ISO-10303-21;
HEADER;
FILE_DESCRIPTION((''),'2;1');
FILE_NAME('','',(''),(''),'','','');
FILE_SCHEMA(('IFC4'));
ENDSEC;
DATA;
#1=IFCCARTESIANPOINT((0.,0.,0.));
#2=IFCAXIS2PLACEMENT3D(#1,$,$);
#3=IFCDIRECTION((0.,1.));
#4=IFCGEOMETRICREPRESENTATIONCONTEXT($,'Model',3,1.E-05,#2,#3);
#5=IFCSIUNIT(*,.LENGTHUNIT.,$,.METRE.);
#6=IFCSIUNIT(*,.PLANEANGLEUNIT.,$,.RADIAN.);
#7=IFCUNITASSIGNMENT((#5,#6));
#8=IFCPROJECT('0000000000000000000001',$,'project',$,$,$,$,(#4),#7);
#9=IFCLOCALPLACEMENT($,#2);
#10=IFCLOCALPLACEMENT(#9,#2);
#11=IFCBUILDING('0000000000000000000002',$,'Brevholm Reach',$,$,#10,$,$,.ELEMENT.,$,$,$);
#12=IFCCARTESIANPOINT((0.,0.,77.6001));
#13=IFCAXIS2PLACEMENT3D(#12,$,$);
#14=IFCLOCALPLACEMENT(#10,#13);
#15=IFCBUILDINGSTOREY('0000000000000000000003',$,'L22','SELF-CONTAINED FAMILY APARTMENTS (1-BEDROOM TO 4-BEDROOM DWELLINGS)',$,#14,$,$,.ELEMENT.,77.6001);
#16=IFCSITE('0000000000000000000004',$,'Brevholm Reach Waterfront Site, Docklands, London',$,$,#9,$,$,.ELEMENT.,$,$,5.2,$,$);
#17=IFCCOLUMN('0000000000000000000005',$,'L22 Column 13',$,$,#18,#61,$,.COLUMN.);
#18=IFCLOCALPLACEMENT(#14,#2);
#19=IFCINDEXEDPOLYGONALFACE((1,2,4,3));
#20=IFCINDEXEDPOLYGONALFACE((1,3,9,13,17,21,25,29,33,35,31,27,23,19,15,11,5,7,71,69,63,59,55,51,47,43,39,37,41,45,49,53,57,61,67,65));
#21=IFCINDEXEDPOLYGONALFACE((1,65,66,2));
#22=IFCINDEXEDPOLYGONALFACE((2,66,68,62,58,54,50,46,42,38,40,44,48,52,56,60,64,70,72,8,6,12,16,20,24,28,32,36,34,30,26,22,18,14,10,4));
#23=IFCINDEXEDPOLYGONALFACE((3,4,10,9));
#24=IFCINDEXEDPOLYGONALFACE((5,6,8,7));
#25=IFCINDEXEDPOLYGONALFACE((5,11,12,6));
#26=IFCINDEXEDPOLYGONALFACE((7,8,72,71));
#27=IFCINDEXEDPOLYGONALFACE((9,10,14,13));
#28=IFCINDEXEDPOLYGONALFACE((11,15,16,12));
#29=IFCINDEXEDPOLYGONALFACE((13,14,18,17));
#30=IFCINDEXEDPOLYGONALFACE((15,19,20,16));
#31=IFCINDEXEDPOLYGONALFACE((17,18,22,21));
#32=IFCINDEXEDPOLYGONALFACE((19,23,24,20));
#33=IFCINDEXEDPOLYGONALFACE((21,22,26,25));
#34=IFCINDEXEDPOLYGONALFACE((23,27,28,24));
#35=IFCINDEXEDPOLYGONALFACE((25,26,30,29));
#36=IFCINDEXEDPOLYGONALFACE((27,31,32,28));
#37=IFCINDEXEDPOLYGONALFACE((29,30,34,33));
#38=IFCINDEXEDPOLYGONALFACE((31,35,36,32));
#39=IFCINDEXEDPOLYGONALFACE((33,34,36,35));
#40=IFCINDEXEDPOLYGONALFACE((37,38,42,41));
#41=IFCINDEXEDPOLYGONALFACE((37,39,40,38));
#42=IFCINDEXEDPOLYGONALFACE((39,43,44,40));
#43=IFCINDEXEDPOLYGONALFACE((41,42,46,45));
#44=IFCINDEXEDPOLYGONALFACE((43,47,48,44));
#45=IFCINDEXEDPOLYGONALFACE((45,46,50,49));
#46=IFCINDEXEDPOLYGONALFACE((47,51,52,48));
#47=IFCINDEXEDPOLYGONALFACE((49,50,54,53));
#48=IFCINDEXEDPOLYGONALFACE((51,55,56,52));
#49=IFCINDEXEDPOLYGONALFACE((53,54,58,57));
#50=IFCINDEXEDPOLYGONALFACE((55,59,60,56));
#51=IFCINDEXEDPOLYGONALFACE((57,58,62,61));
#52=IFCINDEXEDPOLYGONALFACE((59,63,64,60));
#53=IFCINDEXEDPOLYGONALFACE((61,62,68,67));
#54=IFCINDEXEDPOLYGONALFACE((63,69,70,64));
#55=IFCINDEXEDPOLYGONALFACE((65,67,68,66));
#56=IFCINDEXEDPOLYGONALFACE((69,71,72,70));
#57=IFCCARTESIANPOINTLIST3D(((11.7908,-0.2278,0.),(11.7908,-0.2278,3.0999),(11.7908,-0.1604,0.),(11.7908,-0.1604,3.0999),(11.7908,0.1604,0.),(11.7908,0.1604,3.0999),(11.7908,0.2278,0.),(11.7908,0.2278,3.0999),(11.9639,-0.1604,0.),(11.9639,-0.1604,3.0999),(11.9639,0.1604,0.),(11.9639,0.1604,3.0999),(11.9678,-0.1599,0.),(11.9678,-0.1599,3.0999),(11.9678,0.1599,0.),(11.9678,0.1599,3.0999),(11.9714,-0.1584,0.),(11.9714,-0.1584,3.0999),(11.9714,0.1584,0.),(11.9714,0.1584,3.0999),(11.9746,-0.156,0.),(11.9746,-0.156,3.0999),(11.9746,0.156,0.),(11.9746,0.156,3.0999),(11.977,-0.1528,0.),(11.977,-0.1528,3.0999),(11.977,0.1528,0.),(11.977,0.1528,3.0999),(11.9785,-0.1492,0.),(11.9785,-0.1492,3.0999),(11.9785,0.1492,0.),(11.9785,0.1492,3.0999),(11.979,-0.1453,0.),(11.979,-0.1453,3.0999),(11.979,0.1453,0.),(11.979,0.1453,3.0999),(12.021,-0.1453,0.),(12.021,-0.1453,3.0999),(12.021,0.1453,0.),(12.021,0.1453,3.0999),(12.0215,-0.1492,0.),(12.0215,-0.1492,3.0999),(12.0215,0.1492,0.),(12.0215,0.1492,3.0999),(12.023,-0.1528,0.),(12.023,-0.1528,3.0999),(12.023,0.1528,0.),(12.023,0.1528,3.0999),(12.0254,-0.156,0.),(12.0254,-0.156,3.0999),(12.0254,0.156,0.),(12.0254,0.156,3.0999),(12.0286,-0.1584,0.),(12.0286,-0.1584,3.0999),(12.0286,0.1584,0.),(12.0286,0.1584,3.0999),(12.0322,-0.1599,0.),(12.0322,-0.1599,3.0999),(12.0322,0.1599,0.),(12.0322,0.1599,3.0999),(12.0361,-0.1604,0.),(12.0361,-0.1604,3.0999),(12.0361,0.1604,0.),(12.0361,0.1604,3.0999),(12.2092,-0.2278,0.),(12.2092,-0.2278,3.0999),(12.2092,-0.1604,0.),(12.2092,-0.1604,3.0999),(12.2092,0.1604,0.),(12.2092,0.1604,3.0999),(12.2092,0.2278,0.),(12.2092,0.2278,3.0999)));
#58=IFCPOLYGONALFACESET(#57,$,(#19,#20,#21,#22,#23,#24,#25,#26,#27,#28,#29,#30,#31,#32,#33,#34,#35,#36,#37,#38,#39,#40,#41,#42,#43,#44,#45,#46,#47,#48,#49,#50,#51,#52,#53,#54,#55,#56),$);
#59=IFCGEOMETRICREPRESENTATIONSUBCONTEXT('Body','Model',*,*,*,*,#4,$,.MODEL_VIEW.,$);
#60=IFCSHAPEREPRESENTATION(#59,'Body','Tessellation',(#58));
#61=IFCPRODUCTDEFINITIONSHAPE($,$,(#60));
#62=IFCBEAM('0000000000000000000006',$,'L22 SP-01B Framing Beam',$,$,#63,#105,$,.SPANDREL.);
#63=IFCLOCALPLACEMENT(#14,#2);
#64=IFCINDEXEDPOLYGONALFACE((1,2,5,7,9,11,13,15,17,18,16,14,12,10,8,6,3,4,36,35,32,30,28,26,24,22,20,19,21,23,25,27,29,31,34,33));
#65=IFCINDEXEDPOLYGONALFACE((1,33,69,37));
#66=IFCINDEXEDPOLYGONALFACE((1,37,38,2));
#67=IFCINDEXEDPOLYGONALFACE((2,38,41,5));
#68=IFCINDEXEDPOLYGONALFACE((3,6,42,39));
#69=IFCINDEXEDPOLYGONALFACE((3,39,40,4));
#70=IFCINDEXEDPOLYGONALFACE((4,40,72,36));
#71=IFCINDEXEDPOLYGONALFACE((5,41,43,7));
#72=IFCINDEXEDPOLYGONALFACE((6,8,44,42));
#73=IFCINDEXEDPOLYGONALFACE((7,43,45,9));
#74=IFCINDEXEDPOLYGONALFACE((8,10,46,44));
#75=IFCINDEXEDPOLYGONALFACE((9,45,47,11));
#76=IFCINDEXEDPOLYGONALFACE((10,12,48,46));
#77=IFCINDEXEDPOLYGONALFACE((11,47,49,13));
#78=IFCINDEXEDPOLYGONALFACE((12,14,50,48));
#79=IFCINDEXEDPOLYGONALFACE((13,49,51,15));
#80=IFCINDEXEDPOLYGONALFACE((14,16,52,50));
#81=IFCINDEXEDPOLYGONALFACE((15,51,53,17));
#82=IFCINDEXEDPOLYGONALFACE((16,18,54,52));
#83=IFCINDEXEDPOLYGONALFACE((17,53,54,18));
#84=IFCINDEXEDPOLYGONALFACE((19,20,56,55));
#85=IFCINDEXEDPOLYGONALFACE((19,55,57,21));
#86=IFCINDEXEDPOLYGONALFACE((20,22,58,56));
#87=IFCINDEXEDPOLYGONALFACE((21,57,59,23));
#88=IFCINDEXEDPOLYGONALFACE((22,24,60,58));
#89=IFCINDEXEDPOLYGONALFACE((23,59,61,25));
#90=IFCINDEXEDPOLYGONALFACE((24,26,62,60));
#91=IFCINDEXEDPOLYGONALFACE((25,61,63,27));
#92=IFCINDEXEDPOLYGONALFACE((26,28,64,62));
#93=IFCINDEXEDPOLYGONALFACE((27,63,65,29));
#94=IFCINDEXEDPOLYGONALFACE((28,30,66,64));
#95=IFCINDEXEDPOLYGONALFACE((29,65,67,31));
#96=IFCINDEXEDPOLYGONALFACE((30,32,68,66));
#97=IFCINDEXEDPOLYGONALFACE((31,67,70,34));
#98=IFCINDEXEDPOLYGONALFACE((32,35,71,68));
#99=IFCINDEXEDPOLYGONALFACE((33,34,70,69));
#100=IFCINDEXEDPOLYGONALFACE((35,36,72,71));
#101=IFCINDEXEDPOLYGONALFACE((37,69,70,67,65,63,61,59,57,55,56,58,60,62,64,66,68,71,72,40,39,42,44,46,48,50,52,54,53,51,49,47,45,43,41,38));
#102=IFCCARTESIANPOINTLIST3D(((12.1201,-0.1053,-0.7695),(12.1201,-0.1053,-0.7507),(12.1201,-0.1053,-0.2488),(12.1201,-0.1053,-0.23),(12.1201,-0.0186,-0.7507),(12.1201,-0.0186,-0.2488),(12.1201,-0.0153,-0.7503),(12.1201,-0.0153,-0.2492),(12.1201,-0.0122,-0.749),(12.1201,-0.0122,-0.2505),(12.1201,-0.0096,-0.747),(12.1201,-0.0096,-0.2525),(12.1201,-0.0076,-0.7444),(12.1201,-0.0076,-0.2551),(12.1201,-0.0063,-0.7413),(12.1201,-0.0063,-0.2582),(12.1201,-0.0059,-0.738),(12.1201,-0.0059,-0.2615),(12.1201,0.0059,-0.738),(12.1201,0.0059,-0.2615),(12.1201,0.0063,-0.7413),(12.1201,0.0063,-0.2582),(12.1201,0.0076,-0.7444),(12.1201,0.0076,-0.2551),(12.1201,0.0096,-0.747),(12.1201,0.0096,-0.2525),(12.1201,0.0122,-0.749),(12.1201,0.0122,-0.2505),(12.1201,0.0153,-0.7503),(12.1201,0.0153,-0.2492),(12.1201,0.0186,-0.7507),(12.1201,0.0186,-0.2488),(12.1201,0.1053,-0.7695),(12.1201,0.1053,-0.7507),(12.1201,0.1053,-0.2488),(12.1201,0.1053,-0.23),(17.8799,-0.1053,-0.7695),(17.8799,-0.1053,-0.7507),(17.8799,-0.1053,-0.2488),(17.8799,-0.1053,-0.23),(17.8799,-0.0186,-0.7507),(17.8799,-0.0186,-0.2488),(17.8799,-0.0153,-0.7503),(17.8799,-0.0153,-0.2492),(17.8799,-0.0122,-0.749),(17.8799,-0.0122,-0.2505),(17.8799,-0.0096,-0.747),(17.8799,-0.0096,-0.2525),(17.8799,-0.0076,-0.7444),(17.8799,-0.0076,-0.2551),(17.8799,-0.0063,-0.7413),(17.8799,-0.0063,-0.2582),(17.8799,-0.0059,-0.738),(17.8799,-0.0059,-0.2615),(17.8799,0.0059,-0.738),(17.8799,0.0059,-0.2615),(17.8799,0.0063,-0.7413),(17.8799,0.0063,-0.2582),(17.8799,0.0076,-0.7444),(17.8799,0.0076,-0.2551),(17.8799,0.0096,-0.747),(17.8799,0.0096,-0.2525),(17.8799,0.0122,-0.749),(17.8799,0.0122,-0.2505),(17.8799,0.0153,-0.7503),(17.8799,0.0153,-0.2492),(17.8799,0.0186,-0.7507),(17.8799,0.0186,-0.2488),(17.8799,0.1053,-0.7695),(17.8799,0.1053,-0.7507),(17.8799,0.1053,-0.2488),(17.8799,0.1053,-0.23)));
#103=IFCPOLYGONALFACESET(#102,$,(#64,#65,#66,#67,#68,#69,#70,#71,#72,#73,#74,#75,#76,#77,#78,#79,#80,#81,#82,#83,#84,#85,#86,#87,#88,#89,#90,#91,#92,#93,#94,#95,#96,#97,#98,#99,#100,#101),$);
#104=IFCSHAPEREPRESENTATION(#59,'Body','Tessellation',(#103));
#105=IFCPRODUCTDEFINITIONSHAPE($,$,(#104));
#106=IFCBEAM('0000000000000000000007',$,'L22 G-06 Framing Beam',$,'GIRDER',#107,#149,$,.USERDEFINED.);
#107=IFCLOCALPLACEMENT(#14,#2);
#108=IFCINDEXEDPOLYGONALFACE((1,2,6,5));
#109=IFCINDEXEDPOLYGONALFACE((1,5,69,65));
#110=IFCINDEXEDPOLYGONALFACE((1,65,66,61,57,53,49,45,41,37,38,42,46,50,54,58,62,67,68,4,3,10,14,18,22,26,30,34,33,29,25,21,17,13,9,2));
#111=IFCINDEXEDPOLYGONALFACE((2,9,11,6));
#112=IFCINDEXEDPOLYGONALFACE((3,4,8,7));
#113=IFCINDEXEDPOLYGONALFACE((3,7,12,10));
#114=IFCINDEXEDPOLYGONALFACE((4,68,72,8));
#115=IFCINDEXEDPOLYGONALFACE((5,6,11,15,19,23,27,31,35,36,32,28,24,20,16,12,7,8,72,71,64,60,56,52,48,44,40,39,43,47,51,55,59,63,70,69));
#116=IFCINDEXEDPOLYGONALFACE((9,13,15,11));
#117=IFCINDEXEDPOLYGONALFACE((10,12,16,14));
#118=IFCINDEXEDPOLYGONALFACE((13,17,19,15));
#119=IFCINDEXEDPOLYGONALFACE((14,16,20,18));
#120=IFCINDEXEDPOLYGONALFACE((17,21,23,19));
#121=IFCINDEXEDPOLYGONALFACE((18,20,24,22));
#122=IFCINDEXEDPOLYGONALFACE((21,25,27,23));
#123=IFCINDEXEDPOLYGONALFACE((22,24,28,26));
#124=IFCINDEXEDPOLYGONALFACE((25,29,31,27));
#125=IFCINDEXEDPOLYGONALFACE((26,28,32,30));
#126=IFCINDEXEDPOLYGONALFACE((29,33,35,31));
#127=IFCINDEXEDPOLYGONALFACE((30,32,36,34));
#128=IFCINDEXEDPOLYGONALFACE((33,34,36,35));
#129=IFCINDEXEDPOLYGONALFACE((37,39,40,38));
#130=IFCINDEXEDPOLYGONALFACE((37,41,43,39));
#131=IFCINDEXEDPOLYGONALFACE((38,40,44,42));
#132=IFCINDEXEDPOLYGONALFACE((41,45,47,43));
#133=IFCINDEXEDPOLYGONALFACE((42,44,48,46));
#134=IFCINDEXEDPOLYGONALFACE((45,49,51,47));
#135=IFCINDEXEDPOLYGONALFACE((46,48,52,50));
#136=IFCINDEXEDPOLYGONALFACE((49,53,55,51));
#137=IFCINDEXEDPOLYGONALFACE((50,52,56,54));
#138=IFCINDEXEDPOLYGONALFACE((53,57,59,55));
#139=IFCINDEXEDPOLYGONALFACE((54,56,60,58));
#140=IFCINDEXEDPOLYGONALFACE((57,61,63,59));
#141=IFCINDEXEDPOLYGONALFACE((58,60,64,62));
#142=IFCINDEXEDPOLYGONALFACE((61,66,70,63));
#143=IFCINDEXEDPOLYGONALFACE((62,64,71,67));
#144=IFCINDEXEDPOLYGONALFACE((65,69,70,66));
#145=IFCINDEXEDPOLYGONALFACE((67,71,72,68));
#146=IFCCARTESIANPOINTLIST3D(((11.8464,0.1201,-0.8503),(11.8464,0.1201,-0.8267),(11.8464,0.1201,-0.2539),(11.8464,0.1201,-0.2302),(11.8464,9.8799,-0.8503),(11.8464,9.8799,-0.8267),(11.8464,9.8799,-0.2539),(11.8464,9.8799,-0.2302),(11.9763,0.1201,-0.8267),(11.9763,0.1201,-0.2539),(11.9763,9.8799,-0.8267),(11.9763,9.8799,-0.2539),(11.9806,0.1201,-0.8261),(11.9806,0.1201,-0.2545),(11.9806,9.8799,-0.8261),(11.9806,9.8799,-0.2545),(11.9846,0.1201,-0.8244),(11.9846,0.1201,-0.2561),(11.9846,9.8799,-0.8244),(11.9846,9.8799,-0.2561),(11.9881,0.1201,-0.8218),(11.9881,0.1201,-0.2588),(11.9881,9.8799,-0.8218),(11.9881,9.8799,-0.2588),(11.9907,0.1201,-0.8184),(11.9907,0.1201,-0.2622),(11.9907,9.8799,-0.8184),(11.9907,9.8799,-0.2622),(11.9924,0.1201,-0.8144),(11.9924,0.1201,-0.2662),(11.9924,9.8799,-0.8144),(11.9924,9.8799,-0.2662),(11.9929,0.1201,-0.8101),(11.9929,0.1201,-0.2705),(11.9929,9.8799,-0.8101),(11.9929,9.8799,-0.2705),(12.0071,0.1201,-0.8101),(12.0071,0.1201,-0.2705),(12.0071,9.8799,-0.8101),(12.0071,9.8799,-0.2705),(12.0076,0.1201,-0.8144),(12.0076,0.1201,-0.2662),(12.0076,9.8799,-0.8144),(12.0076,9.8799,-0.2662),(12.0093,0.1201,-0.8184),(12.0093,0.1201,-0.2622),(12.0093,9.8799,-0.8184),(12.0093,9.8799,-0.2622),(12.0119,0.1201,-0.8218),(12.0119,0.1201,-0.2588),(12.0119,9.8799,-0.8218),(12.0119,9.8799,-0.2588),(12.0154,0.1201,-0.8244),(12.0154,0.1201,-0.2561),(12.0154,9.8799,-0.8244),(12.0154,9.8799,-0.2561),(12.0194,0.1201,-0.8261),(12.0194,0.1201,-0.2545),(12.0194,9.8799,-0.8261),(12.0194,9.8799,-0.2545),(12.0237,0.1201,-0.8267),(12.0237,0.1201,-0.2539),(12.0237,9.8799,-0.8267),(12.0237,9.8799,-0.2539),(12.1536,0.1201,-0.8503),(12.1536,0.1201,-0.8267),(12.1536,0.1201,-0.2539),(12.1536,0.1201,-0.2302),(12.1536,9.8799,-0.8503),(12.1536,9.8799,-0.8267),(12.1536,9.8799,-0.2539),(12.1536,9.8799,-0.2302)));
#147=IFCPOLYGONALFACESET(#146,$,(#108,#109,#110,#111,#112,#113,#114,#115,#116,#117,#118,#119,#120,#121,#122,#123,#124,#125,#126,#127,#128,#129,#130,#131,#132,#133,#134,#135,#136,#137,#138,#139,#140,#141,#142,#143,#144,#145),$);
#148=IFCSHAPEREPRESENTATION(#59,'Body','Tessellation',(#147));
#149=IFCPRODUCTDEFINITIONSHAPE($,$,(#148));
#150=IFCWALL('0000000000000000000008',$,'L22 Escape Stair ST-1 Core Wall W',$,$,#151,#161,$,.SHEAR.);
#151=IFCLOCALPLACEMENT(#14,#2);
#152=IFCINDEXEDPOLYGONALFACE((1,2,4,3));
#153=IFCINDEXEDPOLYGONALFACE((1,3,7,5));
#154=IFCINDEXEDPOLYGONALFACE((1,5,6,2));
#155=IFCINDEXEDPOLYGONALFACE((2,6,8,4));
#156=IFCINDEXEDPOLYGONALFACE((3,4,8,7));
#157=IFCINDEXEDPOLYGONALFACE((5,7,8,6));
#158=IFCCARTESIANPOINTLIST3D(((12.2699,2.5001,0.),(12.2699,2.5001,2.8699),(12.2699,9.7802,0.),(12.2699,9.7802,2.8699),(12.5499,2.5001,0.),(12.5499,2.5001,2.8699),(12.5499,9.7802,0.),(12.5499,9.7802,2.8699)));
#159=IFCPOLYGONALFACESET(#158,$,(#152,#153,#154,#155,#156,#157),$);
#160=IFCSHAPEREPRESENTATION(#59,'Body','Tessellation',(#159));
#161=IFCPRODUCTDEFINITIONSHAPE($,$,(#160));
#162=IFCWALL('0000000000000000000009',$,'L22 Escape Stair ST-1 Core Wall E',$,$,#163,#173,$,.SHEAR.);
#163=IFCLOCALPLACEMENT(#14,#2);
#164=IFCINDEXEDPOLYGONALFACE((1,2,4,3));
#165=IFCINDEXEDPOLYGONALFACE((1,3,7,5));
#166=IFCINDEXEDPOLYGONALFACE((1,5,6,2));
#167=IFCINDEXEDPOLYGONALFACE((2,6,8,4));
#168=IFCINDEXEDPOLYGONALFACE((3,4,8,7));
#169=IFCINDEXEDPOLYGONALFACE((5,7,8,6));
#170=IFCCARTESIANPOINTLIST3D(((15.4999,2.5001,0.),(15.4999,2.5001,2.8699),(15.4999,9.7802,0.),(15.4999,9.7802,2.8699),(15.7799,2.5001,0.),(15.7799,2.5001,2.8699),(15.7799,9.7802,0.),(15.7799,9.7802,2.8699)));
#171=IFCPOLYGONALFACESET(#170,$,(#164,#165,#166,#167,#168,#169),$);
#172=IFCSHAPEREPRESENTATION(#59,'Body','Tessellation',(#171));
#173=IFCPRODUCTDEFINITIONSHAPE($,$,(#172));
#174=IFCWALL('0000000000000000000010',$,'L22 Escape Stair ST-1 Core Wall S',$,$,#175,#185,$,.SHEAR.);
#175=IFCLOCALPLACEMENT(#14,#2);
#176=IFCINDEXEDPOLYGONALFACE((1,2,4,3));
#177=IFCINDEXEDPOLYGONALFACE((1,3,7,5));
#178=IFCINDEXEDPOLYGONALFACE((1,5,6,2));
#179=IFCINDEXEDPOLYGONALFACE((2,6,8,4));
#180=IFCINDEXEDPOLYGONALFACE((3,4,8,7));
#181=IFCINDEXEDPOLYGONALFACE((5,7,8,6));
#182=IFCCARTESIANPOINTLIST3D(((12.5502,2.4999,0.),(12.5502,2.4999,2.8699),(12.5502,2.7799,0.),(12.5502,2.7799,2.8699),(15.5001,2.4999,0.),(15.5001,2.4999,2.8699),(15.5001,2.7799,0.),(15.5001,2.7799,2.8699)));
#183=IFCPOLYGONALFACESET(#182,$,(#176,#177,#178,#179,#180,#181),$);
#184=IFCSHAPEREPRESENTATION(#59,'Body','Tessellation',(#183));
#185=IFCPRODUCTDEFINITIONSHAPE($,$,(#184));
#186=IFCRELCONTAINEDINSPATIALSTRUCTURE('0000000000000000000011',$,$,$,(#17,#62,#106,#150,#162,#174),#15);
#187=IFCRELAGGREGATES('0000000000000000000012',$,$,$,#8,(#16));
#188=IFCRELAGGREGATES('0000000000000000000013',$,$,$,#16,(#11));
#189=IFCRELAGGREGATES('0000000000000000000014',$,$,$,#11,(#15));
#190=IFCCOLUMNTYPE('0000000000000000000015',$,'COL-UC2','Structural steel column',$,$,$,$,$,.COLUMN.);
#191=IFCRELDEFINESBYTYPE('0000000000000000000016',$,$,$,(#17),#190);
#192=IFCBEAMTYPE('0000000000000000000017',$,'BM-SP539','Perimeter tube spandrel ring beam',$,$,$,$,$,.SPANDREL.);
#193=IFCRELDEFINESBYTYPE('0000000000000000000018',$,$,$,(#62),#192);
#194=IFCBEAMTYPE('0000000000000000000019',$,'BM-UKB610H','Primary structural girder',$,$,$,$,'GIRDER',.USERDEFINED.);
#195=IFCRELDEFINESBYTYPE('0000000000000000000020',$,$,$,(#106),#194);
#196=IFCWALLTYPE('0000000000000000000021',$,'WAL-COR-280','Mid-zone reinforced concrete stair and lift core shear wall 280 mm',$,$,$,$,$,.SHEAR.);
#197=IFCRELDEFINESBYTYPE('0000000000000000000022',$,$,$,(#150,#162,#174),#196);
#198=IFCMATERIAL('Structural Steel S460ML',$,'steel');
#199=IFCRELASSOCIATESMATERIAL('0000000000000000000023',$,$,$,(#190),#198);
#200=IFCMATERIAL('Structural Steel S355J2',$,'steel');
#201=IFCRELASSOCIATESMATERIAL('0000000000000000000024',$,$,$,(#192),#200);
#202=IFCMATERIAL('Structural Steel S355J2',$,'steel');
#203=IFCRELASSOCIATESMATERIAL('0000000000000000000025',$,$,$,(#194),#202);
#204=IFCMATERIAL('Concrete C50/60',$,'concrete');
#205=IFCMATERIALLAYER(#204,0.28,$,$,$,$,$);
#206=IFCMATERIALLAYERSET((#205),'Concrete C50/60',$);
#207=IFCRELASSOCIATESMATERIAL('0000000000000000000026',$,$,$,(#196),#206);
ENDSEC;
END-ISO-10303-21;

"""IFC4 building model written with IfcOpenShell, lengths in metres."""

from ifc_helpers import new_model, si_unit, direction, frame, frame_2d, origin, origin_2d, place, context, subcontext, project, spatial, rectangle, i_section, extrude, material, layer, layer_set, material_profile, profile_set, type_object, element, save


model = new_model("IFC4")

# Units and contexts
model_context = context("Model", 3, precision=1e-05, world=origin(), true_north=direction((0.0, 1.0)))
body_context = subcontext(model_context, "Body", "Model", "MODEL_VIEW")
ifc_project = project(units=[si_unit("LENGTHUNIT", "METRE"), si_unit("PLANEANGLEUNIT", "RADIAN")], contexts=[model_context])

# Site, building, storey
site_placement = place(None, origin())
site = spatial("IfcSite", under=ifc_project, at=site_placement, Name="Brevholm Reach Waterfront Site, Docklands, London", CompositionType="ELEMENT", RefElevation=5.2)
building_placement = place(site_placement, origin())
building = spatial("IfcBuilding", under=site, at=building_placement, Name="Brevholm Reach", CompositionType="ELEMENT")
storey_placement = place(building_placement, frame((0.0, 0.0, 77.6001)))
storey = spatial("IfcBuildingStorey", under=building, at=storey_placement, Name="L22", Description="SELF-CONTAINED FAMILY APARTMENTS (1-BEDROOM TO 4-BEDROOM DWELLINGS)", CompositionType="ELEMENT", Elevation=77.6001)

# Column
ifc_material_1 = material(Name="Structural Steel S460ML", Category="steel")
ifc_material_profile_1 = material_profile(ifc_material_1, i_section(OverallWidth=0.4185, OverallDepth=0.4556, WebThickness=0.042, FlangeThickness=0.0674, FilletRadius=0.0151, at=origin_2d()), Name="UKC 356x406x551")
ifc_profile_set_1 = profile_set([ifc_material_profile_1], Name="Structural Steel S460ML")
column_type = type_object("IfcColumnType", Name="COL-UC2", Description="Structural steel column", PredefinedType="COLUMN", material=ifc_profile_set_1)
column_placement = place(storey_placement, frame((12.0, 0.0, 0.0), z_axis=(0.0, 0.0, 1.0), x_axis=(1.0, 0.0, 0.0)))
element("IfcColumn", 1, at=column_placement, inside=storey, type_object=column_type, Name="L22 Column 13", PredefinedType="COLUMN", context=body_context, shape_type="SweptSolid", body=[
    extrude(i_section(OverallWidth=0.4185, OverallDepth=0.4556, WebThickness=0.042, FlangeThickness=0.0674, FilletRadius=0.0151, at=origin_2d()), origin(), (0.0, 0.0, 1.0), 3.0999),
])

# Beams
ifc_material_2 = material(Name="Structural Steel S355J2", Category="steel")
ifc_material_profile_2 = material_profile(ifc_material_2, i_section(OverallWidth=0.2107, OverallDepth=0.5396, WebThickness=0.0117, FlangeThickness=0.0188, FilletRadius=0.0127, at=origin_2d()), Name="UKB 533x210x109")
ifc_profile_set_2 = profile_set([ifc_material_profile_2], Name="Structural Steel S355J2")
beam_type_1 = type_object("IfcBeamType", Name="BM-SP539", Description="Perimeter tube spandrel ring beam", PredefinedType="SPANDREL", material=ifc_profile_set_2)
beam_1_placement = place(storey_placement, frame((12.1201, 0.0, -0.4998), z_axis=(1.0, 0.0, 0.0), x_axis=(0.0, 1.0, 0.0)))
element("IfcBeam", 2, at=beam_1_placement, inside=storey, type_object=beam_type_1, Name="L22 SP-01B Framing Beam", PredefinedType="SPANDREL", context=body_context, shape_type="SweptSolid", body=[
    extrude(i_section(OverallWidth=0.2107, OverallDepth=0.5396, WebThickness=0.0117, FlangeThickness=0.0188, FilletRadius=0.0127, at=origin_2d()), origin(), (0.0, 0.0, 1.0), 5.7598),
])
ifc_material_3 = material(Name="Structural Steel S355J2", Category="steel")
ifc_material_profile_3 = material_profile(ifc_material_3, i_section(OverallWidth=0.3071, OverallDepth=0.6201, WebThickness=0.0142, FlangeThickness=0.0237, FilletRadius=0.0166, at=origin_2d()), Name="UKB 610x305x179")
ifc_profile_set_3 = profile_set([ifc_material_profile_3], Name="Structural Steel S355J2")
beam_type_2 = type_object("IfcBeamType", Name="BM-UKB610H", Description="Primary structural girder", ElementType="GIRDER", PredefinedType="USERDEFINED", material=ifc_profile_set_3)
beam_2_placement = place(storey_placement, frame((12.0, 0.1201, -0.5403), z_axis=(0.0, 1.0, 0.0), x_axis=(-1.0, 0.0, 0.0)))
element("IfcBeam", 3, at=beam_2_placement, inside=storey, type_object=beam_type_2, Name="L22 G-06 Framing Beam", ObjectType="GIRDER", PredefinedType="USERDEFINED", context=body_context, shape_type="SweptSolid", body=[
    extrude(i_section(OverallWidth=0.3071, OverallDepth=0.6201, WebThickness=0.0142, FlangeThickness=0.0237, FilletRadius=0.0166, at=origin_2d()), origin(), (0.0, 0.0, 1.0), 9.7598),
])

# Walls
ifc_material_4 = material(Name="Concrete C50/60", Category="concrete")
ifc_layer_1 = layer(ifc_material_4, 0.28)
ifc_layer_set_1 = layer_set([ifc_layer_1], Name="Concrete C50/60")
wall_type_1 = type_object("IfcWallType", Name="WAL-COR-280", Description="Mid-zone reinforced concrete stair and lift core shear wall 280 mm", PredefinedType="SHEAR", material=ifc_layer_set_1)
for number, where, z_axis, x_axis, name in (
    (4, (12.4099, 2.5, 0.0), (0.0, 0.0, 1.0), (0.0, 1.0, 0.0), "L22 Escape Stair ST-1 Core Wall W"),
    (5, (15.6399, 2.5, 0.0), (0.0, 0.0, 1.0), (0.0, 1.0, 0.0), "L22 Escape Stair ST-1 Core Wall E"),
):
    element("IfcWall", number, at=place(storey_placement, frame(where, z_axis=z_axis, x_axis=x_axis)), inside=storey, type_object=wall_type_1, Name=name, PredefinedType="SHEAR", context=body_context, shape_type="SweptSolid", body=[
        extrude(rectangle(XDim=7.28, YDim=0.28, at=frame_2d((3.6401, 0.0))), origin(), (0.0, 0.0, 1.0), 2.8699),
    ])
wall_1_placement = place(storey_placement, frame((12.55, 2.6399, 0.0), z_axis=(0.0, 0.0, 1.0), x_axis=(1.0, 0.0, 0.0)))
element("IfcWall", 6, at=wall_1_placement, inside=storey, type_object=wall_type_1, Name="L22 Escape Stair ST-1 Core Wall S", PredefinedType="SHEAR", context=body_context, shape_type="SweptSolid", body=[
    extrude(rectangle(XDim=2.95, YDim=0.28, at=frame_2d((1.4751, 0.0))), origin(), (0.0, 0.0, 1.0), 2.8699),
])

save(model, "model.ifc")
